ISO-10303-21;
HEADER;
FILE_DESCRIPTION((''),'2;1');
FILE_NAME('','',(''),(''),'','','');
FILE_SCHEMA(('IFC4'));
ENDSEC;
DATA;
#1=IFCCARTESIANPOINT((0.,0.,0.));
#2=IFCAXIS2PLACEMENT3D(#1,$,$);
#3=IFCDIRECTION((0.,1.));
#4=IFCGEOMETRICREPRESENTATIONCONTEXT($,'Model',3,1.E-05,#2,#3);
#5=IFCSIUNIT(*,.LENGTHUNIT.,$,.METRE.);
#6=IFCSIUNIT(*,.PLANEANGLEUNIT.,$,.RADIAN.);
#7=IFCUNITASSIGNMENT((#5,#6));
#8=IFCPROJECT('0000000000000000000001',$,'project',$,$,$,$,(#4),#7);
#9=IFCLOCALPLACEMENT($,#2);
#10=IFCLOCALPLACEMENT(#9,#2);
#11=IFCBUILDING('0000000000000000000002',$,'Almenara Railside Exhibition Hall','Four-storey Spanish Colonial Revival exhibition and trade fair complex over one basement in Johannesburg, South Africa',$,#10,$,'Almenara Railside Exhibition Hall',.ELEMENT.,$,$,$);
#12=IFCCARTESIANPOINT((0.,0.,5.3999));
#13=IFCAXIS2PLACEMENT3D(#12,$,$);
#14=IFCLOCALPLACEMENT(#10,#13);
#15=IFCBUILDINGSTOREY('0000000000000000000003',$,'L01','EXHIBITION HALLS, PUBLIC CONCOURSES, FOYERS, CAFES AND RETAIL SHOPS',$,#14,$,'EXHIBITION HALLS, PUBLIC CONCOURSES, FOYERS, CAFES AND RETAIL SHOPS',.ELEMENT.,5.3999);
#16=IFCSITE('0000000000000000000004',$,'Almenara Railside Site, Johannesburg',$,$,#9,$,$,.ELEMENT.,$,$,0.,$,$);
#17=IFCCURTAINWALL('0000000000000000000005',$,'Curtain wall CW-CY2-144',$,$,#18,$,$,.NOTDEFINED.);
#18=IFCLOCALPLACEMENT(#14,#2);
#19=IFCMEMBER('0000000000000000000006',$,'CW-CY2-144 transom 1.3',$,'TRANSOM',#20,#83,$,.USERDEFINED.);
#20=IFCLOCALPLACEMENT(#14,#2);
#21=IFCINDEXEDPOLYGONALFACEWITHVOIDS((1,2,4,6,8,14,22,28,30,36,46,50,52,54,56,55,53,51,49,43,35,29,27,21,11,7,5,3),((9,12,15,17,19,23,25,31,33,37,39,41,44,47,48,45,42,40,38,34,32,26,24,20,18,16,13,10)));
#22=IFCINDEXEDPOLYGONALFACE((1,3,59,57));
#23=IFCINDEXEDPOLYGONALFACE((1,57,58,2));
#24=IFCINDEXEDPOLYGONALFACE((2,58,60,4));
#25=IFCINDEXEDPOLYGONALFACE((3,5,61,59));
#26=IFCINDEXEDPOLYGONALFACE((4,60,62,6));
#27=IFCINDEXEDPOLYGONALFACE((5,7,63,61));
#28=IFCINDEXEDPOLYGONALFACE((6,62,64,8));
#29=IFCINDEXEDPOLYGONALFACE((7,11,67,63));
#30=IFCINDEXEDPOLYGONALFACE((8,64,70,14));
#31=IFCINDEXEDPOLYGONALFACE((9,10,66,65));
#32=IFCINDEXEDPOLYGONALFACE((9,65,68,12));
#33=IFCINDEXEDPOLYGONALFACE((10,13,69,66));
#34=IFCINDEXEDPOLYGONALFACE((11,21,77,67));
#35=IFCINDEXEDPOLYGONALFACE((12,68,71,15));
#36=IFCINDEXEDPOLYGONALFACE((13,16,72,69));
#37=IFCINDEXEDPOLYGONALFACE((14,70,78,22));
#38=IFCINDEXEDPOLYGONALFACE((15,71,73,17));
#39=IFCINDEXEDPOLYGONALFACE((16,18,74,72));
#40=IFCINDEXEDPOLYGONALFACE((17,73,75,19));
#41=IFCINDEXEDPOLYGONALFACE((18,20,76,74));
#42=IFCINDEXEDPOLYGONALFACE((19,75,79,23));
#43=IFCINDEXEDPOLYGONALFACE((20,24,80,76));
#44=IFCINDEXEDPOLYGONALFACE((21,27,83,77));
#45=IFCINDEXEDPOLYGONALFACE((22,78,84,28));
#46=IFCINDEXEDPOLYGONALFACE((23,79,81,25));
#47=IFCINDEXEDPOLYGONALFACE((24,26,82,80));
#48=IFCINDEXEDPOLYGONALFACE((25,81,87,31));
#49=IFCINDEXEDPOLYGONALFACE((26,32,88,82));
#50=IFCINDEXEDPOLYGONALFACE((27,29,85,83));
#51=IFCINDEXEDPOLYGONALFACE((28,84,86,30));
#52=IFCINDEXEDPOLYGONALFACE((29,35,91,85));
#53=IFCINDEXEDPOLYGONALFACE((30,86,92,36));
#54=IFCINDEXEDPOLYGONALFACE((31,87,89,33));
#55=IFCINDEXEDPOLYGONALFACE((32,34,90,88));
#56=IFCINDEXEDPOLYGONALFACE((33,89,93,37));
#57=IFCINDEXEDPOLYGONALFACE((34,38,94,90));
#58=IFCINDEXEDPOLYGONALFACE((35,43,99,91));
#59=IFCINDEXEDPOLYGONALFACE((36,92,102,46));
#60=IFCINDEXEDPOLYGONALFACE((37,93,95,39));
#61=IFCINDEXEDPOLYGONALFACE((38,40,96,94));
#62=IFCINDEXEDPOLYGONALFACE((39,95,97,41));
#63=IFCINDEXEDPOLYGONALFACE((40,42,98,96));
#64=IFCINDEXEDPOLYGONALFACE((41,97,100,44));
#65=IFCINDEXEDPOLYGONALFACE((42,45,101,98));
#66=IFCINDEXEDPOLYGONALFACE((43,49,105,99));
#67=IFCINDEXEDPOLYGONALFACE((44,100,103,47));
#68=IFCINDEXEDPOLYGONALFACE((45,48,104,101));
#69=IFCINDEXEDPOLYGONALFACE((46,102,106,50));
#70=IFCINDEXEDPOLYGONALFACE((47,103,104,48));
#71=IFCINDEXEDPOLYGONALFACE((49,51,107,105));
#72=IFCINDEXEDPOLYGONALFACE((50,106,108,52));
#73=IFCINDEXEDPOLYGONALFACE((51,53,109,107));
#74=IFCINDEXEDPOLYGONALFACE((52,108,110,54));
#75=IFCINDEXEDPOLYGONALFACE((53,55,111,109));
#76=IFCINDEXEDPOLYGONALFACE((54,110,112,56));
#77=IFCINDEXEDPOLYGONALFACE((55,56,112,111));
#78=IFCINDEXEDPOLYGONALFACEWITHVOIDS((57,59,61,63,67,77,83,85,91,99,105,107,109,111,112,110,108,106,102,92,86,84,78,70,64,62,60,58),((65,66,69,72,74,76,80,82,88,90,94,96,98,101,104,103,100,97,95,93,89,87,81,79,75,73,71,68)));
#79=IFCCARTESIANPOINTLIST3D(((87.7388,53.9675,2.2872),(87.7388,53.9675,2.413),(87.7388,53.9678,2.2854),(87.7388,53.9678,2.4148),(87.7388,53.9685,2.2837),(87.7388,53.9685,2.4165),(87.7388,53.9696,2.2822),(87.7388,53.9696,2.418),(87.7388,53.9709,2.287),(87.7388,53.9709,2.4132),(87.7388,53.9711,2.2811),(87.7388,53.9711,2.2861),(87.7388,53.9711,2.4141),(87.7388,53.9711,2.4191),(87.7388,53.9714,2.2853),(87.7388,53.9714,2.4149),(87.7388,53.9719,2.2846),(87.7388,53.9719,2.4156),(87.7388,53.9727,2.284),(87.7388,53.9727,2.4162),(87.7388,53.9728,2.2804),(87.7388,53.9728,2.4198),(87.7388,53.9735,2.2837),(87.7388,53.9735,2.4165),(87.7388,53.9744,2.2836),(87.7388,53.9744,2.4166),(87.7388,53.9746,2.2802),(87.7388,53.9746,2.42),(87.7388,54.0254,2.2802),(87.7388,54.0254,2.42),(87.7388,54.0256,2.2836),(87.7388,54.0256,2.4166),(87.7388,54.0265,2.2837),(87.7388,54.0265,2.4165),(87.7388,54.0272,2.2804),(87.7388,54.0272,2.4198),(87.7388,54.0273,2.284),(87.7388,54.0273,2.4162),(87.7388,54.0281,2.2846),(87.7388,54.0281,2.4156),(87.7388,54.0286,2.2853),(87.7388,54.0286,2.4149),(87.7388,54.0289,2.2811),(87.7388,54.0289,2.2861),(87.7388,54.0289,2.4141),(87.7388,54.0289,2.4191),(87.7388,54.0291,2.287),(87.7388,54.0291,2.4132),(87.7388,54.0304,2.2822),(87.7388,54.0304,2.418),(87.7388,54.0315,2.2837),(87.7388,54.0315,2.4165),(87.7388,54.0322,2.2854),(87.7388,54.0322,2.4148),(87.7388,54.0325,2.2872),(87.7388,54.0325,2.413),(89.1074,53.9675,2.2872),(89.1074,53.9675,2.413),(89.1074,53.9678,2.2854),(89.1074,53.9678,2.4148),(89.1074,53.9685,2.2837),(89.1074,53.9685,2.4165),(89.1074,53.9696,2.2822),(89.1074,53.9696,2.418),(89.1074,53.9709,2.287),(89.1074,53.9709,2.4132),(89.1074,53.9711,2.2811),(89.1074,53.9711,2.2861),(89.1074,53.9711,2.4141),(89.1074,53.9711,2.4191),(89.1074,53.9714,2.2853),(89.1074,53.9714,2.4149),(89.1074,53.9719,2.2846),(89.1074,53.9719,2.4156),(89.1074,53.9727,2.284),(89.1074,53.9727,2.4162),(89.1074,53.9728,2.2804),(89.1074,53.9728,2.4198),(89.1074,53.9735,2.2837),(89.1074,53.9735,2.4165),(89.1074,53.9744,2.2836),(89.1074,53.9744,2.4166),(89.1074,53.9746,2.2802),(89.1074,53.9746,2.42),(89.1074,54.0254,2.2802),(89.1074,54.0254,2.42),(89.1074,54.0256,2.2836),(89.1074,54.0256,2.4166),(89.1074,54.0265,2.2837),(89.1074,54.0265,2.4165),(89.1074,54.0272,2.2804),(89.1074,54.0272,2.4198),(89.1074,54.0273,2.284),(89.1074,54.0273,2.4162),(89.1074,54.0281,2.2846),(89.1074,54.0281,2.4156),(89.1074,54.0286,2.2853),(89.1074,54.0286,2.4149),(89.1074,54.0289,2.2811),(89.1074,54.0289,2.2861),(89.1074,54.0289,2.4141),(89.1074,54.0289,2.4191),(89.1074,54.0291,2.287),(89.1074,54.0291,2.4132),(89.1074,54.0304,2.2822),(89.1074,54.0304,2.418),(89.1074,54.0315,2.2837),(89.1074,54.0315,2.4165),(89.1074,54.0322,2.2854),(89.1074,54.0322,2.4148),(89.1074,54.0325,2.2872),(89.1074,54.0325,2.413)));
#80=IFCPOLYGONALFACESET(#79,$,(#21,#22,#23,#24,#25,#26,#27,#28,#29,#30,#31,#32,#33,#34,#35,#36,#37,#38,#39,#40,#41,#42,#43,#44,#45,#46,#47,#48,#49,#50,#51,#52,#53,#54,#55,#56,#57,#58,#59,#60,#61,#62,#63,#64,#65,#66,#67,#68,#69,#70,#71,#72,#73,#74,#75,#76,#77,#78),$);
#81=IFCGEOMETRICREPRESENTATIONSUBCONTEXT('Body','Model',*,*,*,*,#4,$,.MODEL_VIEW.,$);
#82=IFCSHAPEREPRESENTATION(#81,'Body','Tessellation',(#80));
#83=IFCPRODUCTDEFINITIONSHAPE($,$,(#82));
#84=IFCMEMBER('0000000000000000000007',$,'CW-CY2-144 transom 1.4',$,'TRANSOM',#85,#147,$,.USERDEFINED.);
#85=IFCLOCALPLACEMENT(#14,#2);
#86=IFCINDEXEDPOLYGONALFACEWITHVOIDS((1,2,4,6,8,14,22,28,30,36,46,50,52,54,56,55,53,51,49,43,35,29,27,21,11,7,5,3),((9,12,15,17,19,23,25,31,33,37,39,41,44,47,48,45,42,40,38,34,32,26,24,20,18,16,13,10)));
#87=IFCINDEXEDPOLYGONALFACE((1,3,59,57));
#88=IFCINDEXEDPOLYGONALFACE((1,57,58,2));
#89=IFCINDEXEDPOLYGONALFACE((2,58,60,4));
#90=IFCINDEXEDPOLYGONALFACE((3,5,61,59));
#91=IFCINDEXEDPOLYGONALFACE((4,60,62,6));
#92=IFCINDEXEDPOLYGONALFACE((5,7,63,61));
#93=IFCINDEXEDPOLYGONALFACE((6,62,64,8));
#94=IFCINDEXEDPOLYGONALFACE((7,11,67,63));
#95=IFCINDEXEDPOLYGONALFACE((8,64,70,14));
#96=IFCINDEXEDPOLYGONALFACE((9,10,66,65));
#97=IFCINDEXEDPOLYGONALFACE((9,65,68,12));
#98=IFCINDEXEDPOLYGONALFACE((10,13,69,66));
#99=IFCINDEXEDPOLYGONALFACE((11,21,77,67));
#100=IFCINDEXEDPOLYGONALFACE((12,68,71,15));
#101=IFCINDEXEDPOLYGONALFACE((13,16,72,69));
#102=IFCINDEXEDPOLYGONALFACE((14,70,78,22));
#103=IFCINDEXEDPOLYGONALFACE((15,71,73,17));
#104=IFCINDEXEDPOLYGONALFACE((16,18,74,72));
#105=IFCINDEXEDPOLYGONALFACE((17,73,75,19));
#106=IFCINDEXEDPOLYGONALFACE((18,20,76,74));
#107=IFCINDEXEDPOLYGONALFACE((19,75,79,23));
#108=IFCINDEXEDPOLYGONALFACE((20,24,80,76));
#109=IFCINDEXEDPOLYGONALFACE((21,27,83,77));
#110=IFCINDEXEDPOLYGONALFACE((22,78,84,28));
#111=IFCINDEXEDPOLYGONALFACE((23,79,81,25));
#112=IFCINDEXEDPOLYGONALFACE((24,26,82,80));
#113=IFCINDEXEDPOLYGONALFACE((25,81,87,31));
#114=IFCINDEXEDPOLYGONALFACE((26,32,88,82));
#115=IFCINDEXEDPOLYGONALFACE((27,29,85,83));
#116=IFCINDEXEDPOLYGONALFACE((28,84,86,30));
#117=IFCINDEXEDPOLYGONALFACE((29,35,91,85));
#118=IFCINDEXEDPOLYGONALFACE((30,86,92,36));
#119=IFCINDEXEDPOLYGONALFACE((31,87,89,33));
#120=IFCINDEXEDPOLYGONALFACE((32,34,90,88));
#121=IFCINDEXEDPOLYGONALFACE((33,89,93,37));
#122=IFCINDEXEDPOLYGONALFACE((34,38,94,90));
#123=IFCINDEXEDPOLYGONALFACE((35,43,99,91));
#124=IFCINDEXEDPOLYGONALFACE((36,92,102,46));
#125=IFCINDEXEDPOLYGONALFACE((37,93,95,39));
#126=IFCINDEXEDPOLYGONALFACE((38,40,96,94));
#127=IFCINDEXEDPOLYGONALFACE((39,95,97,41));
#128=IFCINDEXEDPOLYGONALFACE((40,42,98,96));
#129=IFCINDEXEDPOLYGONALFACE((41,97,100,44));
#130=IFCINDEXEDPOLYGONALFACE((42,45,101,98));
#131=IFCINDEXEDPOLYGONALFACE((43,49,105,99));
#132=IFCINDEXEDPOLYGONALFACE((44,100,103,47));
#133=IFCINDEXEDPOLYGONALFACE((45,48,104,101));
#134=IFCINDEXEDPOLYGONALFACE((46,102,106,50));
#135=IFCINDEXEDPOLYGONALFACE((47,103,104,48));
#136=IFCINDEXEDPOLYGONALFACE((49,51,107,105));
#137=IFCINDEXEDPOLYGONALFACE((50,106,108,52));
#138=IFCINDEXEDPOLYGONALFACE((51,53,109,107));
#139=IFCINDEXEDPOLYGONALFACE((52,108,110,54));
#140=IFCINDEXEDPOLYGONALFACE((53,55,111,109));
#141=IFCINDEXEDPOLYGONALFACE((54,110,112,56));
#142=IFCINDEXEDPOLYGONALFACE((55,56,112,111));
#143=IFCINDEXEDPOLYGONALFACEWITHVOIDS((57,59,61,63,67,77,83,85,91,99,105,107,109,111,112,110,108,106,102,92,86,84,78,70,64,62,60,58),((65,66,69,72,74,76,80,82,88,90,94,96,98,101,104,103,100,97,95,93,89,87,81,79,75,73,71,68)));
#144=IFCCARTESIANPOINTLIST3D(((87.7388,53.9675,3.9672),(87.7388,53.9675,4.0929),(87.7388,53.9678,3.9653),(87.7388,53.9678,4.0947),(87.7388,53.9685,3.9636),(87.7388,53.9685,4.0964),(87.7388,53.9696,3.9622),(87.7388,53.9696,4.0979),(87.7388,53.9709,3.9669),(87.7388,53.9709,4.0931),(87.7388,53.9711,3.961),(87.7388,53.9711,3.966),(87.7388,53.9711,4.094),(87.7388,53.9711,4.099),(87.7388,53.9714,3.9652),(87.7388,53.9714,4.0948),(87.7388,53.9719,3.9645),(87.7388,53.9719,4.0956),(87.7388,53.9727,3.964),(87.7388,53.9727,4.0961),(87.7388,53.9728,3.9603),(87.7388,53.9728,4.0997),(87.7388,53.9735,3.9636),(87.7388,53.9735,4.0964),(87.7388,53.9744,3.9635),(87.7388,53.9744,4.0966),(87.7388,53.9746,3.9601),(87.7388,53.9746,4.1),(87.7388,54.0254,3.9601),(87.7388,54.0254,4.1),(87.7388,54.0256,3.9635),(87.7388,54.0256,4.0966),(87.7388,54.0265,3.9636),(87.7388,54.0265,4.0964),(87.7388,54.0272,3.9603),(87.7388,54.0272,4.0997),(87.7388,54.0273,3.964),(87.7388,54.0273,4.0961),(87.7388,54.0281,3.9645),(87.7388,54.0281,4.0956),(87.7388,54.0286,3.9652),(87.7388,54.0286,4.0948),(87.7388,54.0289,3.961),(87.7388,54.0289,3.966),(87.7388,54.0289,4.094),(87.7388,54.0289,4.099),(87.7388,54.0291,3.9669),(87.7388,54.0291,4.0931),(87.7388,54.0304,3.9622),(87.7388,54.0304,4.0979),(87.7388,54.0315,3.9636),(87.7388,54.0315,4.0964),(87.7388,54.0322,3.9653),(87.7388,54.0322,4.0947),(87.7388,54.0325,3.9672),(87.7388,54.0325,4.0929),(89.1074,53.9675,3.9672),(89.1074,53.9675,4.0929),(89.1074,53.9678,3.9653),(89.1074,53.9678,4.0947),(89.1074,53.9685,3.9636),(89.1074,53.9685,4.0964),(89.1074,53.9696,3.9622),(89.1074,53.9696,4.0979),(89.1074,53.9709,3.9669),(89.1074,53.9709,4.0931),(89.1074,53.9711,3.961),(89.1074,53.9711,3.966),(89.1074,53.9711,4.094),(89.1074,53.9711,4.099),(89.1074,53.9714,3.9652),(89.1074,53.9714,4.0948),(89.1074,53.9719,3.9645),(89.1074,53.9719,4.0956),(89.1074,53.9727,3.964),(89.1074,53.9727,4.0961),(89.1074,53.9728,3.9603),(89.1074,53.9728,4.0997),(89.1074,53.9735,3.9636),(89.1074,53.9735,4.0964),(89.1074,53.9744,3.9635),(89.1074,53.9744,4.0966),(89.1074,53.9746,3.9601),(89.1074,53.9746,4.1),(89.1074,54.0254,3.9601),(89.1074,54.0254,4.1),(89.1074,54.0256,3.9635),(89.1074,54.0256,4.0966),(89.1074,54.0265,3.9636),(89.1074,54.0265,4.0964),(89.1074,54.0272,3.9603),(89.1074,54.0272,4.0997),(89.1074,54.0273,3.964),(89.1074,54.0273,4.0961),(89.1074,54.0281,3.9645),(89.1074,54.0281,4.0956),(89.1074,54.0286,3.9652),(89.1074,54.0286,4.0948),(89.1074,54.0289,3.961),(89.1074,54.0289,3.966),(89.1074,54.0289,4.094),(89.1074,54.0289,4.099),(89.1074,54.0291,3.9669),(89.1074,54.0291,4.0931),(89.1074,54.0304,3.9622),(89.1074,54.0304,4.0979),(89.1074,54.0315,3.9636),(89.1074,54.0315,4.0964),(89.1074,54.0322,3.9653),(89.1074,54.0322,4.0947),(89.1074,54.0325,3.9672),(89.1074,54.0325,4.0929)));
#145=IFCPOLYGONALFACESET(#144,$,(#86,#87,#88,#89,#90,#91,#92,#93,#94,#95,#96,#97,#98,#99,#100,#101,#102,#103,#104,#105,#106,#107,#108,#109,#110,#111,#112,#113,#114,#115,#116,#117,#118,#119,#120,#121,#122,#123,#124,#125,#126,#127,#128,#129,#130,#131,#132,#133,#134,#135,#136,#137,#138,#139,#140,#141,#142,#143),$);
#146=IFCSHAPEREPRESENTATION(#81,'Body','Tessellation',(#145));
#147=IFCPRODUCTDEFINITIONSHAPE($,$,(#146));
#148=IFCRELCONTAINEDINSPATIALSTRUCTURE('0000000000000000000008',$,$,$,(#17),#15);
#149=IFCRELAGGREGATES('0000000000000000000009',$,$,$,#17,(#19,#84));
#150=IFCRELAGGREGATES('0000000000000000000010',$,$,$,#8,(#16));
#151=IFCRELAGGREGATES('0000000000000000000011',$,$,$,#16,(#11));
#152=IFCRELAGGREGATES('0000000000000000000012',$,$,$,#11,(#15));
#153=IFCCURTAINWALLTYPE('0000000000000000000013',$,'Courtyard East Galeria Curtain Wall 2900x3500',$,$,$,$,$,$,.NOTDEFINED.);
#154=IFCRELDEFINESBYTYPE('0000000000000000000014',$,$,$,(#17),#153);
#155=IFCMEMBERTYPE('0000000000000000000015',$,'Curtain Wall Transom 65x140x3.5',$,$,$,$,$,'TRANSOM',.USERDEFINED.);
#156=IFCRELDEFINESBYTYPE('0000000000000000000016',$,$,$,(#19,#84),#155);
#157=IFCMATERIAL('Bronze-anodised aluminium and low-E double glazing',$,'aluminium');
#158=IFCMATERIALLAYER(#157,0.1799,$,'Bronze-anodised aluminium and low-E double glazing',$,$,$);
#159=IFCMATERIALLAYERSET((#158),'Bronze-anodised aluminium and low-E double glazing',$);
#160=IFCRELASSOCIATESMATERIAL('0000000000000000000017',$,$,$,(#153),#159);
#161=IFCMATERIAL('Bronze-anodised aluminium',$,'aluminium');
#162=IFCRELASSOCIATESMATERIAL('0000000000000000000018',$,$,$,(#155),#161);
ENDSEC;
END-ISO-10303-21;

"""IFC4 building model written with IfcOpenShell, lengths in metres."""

from ifc_helpers import new_model, si_unit, direction, frame, origin, origin_2d, place, context, subcontext, project, spatial, hollow_rectangle, extrude, material, layer, layer_set, material_profile, profile_set, type_object, element, aggregate, save


model = new_model("IFC4")

# Units and contexts
model_context = context("Model", 3, precision=1e-05, world=origin(), true_north=direction((0.0, 1.0)))
body_context = subcontext(model_context, "Body", "Model", "MODEL_VIEW")
ifc_project = project(units=[si_unit("LENGTHUNIT", "METRE"), si_unit("PLANEANGLEUNIT", "RADIAN")], contexts=[model_context])

# Site, building, storey
site_placement = place(None, origin())
site = spatial("IfcSite", under=ifc_project, at=site_placement, Name="Almenara Railside Site, Johannesburg", CompositionType="ELEMENT", RefElevation=0.0)
building_placement = place(site_placement, origin())
building = spatial("IfcBuilding", under=site, at=building_placement, Name="Almenara Railside Exhibition Hall", Description="Four-storey Spanish Colonial Revival exhibition and trade fair complex over one basement in Johannesburg, South Africa", LongName="Almenara Railside Exhibition Hall", CompositionType="ELEMENT")
storey_placement = place(building_placement, frame((0.0, 0.0, 5.3999)))
storey = spatial("IfcBuildingStorey", under=building, at=storey_placement, Name="L01", Description="EXHIBITION HALLS, PUBLIC CONCOURSES, FOYERS, CAFES AND RETAIL SHOPS", LongName="EXHIBITION HALLS, PUBLIC CONCOURSES, FOYERS, CAFES AND RETAIL SHOPS", CompositionType="ELEMENT", Elevation=5.3999)

# Curtain wall
ifc_material_1 = material(Name="Bronze-anodised aluminium and low-E double glazing", Category="aluminium")
ifc_material_2 = material(Name="Bronze-anodised aluminium", Category="aluminium")
ifc_layer_1 = layer(ifc_material_1, 0.1799, Name="Bronze-anodised aluminium and low-E double glazing")
ifc_layer_set_1 = layer_set([ifc_layer_1], Name="Bronze-anodised aluminium and low-E double glazing")
curtain_wall_type_1 = type_object("IfcCurtainWallType", Name="Courtyard East Galeria Curtain Wall 2900x3500", PredefinedType="NOTDEFINED", material=ifc_layer_set_1)
curtain_wall_1_placement = place(storey_placement, origin())
curtain_wall_1 = element("IfcCurtainWall", 1, at=curtain_wall_1_placement, inside=storey, type_object=curtain_wall_type_1, Name="Curtain wall CW-CY2-144", PredefinedType="NOTDEFINED")

# Members
ifc_material_profile_1 = material_profile(ifc_material_2, hollow_rectangle(XDim=0.0649, YDim=0.1399, WallThickness=0.0034, InnerFilletRadius=0.0034, OuterFilletRadius=0.0071, at=origin_2d()), Name="ALU-TRN 65x140x3.5")
ifc_profile_set_1 = profile_set([ifc_material_profile_1], Name="Bronze-anodised aluminium")
member_type_1 = type_object("IfcMemberType", Name="Curtain Wall Transom 65x140x3.5", ElementType="TRANSOM", PredefinedType="USERDEFINED", material=ifc_profile_set_1)
member_1_placement = place(storey_placement, frame((87.7388, 54.0, 2.3501), z_axis=(1.0, 0.0, 0.0), x_axis=(0.0, 1.0, 0.0)))
member_1 = element("IfcMember", 2, at=member_1_placement, type_object=member_type_1, Name="CW-CY2-144 transom 1.3", ObjectType="TRANSOM", PredefinedType="USERDEFINED", context=body_context, shape_type="SweptSolid", body=[
    extrude(hollow_rectangle(XDim=0.0649, YDim=0.1399, WallThickness=0.0034, InnerFilletRadius=0.0034, OuterFilletRadius=0.0071, at=origin_2d()), origin(), (0.0, 0.0, 1.0), 1.3687),
])
member_2_placement = place(storey_placement, frame((87.7388, 54.0, 4.03), z_axis=(1.0, 0.0, 0.0), x_axis=(0.0, 1.0, 0.0)))
member_2 = element("IfcMember", 3, at=member_2_placement, type_object=member_type_1, Name="CW-CY2-144 transom 1.4", ObjectType="TRANSOM", PredefinedType="USERDEFINED", context=body_context, shape_type="SweptSolid", body=[
    extrude(hollow_rectangle(XDim=0.0649, YDim=0.1399, WallThickness=0.0034, InnerFilletRadius=0.0034, OuterFilletRadius=0.0071, at=origin_2d()), origin(), (0.0, 0.0, 1.0), 1.3687),
])

aggregate(curtain_wall_1, [member_1, member_2])

save(model, "model.ifc")
